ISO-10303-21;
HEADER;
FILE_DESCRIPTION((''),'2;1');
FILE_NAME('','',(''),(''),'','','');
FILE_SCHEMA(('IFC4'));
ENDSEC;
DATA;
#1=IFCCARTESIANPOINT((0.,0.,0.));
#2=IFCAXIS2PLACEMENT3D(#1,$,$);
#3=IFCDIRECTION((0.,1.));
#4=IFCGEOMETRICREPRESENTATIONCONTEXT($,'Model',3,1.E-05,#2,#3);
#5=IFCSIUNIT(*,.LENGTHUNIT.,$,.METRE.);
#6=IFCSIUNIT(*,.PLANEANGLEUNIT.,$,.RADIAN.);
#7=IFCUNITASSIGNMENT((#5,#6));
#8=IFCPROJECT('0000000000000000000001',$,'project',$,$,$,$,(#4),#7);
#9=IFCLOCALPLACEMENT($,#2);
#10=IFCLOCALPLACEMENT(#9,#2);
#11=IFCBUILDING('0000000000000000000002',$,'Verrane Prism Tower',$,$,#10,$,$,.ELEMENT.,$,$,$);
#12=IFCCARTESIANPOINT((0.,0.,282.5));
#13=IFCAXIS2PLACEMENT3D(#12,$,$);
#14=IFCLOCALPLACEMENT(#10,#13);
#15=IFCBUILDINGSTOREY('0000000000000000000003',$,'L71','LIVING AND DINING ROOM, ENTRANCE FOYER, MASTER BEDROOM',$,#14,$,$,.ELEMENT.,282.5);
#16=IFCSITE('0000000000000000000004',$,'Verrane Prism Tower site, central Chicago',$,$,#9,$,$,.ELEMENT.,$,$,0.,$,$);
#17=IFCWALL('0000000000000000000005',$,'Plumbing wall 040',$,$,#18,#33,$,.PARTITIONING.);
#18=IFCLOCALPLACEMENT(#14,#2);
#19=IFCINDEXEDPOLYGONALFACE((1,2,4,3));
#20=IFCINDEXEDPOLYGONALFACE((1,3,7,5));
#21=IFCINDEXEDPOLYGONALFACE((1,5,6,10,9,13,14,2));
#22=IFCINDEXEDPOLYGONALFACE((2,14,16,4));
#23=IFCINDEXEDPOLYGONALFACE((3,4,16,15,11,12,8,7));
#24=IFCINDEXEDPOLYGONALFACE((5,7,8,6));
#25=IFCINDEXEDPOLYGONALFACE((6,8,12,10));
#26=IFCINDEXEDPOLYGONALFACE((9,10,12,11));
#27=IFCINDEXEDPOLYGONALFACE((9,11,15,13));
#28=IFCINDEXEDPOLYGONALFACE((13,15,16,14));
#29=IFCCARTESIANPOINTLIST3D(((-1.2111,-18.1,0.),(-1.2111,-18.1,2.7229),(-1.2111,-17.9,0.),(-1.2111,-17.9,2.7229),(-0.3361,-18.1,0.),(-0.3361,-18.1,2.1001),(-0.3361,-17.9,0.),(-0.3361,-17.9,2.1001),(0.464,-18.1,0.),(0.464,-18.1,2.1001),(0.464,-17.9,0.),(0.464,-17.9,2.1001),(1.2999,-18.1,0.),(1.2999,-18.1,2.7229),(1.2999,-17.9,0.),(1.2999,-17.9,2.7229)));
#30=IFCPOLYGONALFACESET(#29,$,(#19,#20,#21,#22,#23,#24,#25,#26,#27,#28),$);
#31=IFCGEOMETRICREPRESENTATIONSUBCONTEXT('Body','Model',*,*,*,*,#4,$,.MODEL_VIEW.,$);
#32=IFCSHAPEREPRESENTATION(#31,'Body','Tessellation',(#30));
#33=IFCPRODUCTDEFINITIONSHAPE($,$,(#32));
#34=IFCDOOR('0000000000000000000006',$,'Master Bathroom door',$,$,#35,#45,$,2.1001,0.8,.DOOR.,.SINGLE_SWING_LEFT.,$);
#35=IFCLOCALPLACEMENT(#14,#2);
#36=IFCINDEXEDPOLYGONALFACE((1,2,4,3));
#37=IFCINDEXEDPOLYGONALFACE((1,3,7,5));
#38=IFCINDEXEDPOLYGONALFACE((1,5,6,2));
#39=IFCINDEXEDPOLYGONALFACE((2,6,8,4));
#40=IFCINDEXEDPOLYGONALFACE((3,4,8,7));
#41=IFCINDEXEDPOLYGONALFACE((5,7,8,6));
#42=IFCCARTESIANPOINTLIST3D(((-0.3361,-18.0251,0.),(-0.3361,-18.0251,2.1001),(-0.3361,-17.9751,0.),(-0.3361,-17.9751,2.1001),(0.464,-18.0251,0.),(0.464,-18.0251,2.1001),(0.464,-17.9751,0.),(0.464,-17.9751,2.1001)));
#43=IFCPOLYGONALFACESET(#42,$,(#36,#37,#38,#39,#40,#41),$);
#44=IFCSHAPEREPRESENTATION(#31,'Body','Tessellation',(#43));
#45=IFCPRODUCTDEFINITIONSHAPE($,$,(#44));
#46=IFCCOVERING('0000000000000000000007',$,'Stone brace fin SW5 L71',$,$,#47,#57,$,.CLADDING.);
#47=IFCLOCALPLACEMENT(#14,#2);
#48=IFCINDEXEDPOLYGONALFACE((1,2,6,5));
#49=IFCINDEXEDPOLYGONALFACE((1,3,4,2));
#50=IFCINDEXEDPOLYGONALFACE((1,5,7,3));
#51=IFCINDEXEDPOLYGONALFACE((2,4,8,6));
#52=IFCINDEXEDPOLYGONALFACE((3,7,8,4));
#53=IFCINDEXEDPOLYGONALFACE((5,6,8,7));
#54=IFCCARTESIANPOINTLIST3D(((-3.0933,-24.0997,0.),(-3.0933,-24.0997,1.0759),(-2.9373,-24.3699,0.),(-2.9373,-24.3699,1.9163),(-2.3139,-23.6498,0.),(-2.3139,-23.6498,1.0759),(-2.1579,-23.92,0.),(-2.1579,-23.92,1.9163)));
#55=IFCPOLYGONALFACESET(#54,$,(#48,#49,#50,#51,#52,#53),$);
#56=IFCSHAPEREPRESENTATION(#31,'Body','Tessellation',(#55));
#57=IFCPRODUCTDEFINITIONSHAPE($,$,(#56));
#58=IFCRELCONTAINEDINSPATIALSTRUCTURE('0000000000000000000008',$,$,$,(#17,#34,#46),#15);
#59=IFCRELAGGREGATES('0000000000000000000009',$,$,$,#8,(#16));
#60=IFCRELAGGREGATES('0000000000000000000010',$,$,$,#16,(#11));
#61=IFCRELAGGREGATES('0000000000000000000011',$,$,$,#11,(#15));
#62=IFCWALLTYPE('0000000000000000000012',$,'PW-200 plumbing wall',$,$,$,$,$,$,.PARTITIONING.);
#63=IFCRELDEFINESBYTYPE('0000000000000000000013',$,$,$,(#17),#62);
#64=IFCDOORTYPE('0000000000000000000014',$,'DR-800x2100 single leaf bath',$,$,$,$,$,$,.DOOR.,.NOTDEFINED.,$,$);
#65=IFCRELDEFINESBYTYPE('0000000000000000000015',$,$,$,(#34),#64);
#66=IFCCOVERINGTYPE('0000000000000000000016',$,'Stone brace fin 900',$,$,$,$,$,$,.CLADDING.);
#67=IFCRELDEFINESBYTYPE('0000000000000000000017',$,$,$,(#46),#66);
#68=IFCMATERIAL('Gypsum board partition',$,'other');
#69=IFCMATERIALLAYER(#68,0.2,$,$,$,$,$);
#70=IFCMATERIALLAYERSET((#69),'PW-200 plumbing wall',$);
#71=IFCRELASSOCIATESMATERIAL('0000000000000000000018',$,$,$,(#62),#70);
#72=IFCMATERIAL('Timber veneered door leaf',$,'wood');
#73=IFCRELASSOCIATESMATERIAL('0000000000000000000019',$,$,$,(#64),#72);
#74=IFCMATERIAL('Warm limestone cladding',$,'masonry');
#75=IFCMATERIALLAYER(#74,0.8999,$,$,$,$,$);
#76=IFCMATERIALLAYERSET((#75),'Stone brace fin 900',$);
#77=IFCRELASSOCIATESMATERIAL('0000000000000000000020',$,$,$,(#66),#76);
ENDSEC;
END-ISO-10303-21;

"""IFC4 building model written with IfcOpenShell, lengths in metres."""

from ifc_helpers import new_model, si_unit, direction, frame, frame_2d, origin, place, context, subcontext, project, spatial, polyline, rectangle, outline, extrude, material, layer, layer_set, type_object, element, fill, save


model = new_model("IFC4")

# Units and contexts
model_context = context("Model", 3, precision=1e-05, world=origin(), true_north=direction((0.0, 1.0)))
body_context = subcontext(model_context, "Body", "Model", "MODEL_VIEW")
ifc_project = project(units=[si_unit("LENGTHUNIT", "METRE"), si_unit("PLANEANGLEUNIT", "RADIAN")], contexts=[model_context])

# Site, building, storey
site_placement = place(None, origin())
site = spatial("IfcSite", under=ifc_project, at=site_placement, Name="Verrane Prism Tower site, central Chicago", CompositionType="ELEMENT", RefElevation=0.0)
building_placement = place(site_placement, origin())
building = spatial("IfcBuilding", under=site, at=building_placement, Name="Verrane Prism Tower", CompositionType="ELEMENT")
storey_placement = place(building_placement, frame((0.0, 0.0, 282.5)))
storey = spatial("IfcBuildingStorey", under=building, at=storey_placement, Name="L71", Description="LIVING AND DINING ROOM, ENTRANCE FOYER, MASTER BEDROOM", CompositionType="ELEMENT", Elevation=282.5)

# Wall, opening, door
ifc_material_1 = material(Name="Gypsum board partition", Category="other")
ifc_layer_1 = layer(ifc_material_1, 0.2)
ifc_layer_set_1 = layer_set([ifc_layer_1], Name="PW-200 plumbing wall")
wall_type_1 = type_object("IfcWallType", Name="PW-200 plumbing wall", PredefinedType="PARTITIONING", material=ifc_layer_set_1)
wall_1_placement = place(storey_placement, frame((-1.2109, -18.0, 0.0), z_axis=(0.0, 0.0, 1.0), x_axis=(1.0, 0.0, 0.0)))
wall_1 = element("IfcWall", 1, at=wall_1_placement, inside=storey, type_object=wall_type_1, Name="Plumbing wall 040", PredefinedType="PARTITIONING", context=body_context, shape_type="SweptSolid", body=[
    extrude(rectangle(XDim=2.511, YDim=0.2, at=frame_2d((1.2554, 0.0))), origin(), (0.0, 0.0, 1.0), 2.7229),
])
opening_1_placement = place(wall_1_placement, frame((0.875, 0.0, 0.0)))
opening_1 = element("IfcOpeningElement", 2, at=opening_1_placement, cuts=wall_1, PredefinedType="OPENING", context=body_context, shape_type="SweptSolid", body=[
    extrude(rectangle(XDim=0.8, YDim=2.1001, at=frame_2d((0.3999, 1.05))), frame((0.0, 0.1099, 0.0), z_axis=(0.0, -1.0, 0.0), x_axis=(1.0, 0.0, 0.0)), (0.0, 0.0, 1.0), 0.22),
])
ifc_material_2 = material(Name="Timber veneered door leaf", Category="wood")
door_type_1 = type_object("IfcDoorType", Name="DR-800x2100 single leaf bath", OperationType="NOTDEFINED", PredefinedType="DOOR", material=ifc_material_2)
door_1_placement = place(opening_1_placement, origin())
door_1 = element("IfcDoor", 3, at=door_1_placement, inside=storey, type_object=door_type_1, Name="Master Bathroom door", OperationType="SINGLE_SWING_LEFT", OverallHeight=2.1001, OverallWidth=0.8, PredefinedType="DOOR", context=body_context, shape_type="SweptSolid", body=[
    extrude(rectangle(XDim=0.8, YDim=2.1001, at=frame_2d((0.3999, 1.05))), frame((0.0, 0.0249, 0.0), z_axis=(0.0, -1.0, 0.0), x_axis=(1.0, 0.0, 0.0)), (0.0, 0.0, 1.0), 0.05),
])
fill(opening_1, door_1)

# Covering
ifc_material_3 = material(Name="Warm limestone cladding", Category="masonry")
ifc_layer_2 = layer(ifc_material_3, 0.8999)
ifc_layer_set_2 = layer_set([ifc_layer_2], Name="Stone brace fin 900")
covering_type = type_object("IfcCoveringType", Name="Stone brace fin 900", PredefinedType="CLADDING", material=ifc_layer_set_2)
covering_placement = place(storey_placement, frame((-2.7036, -23.8748, 0.0), z_axis=(0.0, 0.0, 1.0), x_axis=(0.499926, -0.866068, 0.0)))
element("IfcCovering", 4, at=covering_placement, inside=storey, type_object=covering_type, Name="Stone brace fin SW5 L71", PredefinedType="CLADDING", context=body_context, shape_type="SweptSolid", body=[
    extrude(outline(polyline([(0.0, 0.0), (0.312, 0.0), (0.312, 1.9163), (0.0, 1.0759), (0.0, 0.0)])), frame((0.0, 0.45, 0.0), z_axis=(0.0, -1.0, 0.0), x_axis=(1.0, 0.0, 0.0)), (0.0, 0.0, 1.0), 0.8999),
])

save(model, "model.ifc")
